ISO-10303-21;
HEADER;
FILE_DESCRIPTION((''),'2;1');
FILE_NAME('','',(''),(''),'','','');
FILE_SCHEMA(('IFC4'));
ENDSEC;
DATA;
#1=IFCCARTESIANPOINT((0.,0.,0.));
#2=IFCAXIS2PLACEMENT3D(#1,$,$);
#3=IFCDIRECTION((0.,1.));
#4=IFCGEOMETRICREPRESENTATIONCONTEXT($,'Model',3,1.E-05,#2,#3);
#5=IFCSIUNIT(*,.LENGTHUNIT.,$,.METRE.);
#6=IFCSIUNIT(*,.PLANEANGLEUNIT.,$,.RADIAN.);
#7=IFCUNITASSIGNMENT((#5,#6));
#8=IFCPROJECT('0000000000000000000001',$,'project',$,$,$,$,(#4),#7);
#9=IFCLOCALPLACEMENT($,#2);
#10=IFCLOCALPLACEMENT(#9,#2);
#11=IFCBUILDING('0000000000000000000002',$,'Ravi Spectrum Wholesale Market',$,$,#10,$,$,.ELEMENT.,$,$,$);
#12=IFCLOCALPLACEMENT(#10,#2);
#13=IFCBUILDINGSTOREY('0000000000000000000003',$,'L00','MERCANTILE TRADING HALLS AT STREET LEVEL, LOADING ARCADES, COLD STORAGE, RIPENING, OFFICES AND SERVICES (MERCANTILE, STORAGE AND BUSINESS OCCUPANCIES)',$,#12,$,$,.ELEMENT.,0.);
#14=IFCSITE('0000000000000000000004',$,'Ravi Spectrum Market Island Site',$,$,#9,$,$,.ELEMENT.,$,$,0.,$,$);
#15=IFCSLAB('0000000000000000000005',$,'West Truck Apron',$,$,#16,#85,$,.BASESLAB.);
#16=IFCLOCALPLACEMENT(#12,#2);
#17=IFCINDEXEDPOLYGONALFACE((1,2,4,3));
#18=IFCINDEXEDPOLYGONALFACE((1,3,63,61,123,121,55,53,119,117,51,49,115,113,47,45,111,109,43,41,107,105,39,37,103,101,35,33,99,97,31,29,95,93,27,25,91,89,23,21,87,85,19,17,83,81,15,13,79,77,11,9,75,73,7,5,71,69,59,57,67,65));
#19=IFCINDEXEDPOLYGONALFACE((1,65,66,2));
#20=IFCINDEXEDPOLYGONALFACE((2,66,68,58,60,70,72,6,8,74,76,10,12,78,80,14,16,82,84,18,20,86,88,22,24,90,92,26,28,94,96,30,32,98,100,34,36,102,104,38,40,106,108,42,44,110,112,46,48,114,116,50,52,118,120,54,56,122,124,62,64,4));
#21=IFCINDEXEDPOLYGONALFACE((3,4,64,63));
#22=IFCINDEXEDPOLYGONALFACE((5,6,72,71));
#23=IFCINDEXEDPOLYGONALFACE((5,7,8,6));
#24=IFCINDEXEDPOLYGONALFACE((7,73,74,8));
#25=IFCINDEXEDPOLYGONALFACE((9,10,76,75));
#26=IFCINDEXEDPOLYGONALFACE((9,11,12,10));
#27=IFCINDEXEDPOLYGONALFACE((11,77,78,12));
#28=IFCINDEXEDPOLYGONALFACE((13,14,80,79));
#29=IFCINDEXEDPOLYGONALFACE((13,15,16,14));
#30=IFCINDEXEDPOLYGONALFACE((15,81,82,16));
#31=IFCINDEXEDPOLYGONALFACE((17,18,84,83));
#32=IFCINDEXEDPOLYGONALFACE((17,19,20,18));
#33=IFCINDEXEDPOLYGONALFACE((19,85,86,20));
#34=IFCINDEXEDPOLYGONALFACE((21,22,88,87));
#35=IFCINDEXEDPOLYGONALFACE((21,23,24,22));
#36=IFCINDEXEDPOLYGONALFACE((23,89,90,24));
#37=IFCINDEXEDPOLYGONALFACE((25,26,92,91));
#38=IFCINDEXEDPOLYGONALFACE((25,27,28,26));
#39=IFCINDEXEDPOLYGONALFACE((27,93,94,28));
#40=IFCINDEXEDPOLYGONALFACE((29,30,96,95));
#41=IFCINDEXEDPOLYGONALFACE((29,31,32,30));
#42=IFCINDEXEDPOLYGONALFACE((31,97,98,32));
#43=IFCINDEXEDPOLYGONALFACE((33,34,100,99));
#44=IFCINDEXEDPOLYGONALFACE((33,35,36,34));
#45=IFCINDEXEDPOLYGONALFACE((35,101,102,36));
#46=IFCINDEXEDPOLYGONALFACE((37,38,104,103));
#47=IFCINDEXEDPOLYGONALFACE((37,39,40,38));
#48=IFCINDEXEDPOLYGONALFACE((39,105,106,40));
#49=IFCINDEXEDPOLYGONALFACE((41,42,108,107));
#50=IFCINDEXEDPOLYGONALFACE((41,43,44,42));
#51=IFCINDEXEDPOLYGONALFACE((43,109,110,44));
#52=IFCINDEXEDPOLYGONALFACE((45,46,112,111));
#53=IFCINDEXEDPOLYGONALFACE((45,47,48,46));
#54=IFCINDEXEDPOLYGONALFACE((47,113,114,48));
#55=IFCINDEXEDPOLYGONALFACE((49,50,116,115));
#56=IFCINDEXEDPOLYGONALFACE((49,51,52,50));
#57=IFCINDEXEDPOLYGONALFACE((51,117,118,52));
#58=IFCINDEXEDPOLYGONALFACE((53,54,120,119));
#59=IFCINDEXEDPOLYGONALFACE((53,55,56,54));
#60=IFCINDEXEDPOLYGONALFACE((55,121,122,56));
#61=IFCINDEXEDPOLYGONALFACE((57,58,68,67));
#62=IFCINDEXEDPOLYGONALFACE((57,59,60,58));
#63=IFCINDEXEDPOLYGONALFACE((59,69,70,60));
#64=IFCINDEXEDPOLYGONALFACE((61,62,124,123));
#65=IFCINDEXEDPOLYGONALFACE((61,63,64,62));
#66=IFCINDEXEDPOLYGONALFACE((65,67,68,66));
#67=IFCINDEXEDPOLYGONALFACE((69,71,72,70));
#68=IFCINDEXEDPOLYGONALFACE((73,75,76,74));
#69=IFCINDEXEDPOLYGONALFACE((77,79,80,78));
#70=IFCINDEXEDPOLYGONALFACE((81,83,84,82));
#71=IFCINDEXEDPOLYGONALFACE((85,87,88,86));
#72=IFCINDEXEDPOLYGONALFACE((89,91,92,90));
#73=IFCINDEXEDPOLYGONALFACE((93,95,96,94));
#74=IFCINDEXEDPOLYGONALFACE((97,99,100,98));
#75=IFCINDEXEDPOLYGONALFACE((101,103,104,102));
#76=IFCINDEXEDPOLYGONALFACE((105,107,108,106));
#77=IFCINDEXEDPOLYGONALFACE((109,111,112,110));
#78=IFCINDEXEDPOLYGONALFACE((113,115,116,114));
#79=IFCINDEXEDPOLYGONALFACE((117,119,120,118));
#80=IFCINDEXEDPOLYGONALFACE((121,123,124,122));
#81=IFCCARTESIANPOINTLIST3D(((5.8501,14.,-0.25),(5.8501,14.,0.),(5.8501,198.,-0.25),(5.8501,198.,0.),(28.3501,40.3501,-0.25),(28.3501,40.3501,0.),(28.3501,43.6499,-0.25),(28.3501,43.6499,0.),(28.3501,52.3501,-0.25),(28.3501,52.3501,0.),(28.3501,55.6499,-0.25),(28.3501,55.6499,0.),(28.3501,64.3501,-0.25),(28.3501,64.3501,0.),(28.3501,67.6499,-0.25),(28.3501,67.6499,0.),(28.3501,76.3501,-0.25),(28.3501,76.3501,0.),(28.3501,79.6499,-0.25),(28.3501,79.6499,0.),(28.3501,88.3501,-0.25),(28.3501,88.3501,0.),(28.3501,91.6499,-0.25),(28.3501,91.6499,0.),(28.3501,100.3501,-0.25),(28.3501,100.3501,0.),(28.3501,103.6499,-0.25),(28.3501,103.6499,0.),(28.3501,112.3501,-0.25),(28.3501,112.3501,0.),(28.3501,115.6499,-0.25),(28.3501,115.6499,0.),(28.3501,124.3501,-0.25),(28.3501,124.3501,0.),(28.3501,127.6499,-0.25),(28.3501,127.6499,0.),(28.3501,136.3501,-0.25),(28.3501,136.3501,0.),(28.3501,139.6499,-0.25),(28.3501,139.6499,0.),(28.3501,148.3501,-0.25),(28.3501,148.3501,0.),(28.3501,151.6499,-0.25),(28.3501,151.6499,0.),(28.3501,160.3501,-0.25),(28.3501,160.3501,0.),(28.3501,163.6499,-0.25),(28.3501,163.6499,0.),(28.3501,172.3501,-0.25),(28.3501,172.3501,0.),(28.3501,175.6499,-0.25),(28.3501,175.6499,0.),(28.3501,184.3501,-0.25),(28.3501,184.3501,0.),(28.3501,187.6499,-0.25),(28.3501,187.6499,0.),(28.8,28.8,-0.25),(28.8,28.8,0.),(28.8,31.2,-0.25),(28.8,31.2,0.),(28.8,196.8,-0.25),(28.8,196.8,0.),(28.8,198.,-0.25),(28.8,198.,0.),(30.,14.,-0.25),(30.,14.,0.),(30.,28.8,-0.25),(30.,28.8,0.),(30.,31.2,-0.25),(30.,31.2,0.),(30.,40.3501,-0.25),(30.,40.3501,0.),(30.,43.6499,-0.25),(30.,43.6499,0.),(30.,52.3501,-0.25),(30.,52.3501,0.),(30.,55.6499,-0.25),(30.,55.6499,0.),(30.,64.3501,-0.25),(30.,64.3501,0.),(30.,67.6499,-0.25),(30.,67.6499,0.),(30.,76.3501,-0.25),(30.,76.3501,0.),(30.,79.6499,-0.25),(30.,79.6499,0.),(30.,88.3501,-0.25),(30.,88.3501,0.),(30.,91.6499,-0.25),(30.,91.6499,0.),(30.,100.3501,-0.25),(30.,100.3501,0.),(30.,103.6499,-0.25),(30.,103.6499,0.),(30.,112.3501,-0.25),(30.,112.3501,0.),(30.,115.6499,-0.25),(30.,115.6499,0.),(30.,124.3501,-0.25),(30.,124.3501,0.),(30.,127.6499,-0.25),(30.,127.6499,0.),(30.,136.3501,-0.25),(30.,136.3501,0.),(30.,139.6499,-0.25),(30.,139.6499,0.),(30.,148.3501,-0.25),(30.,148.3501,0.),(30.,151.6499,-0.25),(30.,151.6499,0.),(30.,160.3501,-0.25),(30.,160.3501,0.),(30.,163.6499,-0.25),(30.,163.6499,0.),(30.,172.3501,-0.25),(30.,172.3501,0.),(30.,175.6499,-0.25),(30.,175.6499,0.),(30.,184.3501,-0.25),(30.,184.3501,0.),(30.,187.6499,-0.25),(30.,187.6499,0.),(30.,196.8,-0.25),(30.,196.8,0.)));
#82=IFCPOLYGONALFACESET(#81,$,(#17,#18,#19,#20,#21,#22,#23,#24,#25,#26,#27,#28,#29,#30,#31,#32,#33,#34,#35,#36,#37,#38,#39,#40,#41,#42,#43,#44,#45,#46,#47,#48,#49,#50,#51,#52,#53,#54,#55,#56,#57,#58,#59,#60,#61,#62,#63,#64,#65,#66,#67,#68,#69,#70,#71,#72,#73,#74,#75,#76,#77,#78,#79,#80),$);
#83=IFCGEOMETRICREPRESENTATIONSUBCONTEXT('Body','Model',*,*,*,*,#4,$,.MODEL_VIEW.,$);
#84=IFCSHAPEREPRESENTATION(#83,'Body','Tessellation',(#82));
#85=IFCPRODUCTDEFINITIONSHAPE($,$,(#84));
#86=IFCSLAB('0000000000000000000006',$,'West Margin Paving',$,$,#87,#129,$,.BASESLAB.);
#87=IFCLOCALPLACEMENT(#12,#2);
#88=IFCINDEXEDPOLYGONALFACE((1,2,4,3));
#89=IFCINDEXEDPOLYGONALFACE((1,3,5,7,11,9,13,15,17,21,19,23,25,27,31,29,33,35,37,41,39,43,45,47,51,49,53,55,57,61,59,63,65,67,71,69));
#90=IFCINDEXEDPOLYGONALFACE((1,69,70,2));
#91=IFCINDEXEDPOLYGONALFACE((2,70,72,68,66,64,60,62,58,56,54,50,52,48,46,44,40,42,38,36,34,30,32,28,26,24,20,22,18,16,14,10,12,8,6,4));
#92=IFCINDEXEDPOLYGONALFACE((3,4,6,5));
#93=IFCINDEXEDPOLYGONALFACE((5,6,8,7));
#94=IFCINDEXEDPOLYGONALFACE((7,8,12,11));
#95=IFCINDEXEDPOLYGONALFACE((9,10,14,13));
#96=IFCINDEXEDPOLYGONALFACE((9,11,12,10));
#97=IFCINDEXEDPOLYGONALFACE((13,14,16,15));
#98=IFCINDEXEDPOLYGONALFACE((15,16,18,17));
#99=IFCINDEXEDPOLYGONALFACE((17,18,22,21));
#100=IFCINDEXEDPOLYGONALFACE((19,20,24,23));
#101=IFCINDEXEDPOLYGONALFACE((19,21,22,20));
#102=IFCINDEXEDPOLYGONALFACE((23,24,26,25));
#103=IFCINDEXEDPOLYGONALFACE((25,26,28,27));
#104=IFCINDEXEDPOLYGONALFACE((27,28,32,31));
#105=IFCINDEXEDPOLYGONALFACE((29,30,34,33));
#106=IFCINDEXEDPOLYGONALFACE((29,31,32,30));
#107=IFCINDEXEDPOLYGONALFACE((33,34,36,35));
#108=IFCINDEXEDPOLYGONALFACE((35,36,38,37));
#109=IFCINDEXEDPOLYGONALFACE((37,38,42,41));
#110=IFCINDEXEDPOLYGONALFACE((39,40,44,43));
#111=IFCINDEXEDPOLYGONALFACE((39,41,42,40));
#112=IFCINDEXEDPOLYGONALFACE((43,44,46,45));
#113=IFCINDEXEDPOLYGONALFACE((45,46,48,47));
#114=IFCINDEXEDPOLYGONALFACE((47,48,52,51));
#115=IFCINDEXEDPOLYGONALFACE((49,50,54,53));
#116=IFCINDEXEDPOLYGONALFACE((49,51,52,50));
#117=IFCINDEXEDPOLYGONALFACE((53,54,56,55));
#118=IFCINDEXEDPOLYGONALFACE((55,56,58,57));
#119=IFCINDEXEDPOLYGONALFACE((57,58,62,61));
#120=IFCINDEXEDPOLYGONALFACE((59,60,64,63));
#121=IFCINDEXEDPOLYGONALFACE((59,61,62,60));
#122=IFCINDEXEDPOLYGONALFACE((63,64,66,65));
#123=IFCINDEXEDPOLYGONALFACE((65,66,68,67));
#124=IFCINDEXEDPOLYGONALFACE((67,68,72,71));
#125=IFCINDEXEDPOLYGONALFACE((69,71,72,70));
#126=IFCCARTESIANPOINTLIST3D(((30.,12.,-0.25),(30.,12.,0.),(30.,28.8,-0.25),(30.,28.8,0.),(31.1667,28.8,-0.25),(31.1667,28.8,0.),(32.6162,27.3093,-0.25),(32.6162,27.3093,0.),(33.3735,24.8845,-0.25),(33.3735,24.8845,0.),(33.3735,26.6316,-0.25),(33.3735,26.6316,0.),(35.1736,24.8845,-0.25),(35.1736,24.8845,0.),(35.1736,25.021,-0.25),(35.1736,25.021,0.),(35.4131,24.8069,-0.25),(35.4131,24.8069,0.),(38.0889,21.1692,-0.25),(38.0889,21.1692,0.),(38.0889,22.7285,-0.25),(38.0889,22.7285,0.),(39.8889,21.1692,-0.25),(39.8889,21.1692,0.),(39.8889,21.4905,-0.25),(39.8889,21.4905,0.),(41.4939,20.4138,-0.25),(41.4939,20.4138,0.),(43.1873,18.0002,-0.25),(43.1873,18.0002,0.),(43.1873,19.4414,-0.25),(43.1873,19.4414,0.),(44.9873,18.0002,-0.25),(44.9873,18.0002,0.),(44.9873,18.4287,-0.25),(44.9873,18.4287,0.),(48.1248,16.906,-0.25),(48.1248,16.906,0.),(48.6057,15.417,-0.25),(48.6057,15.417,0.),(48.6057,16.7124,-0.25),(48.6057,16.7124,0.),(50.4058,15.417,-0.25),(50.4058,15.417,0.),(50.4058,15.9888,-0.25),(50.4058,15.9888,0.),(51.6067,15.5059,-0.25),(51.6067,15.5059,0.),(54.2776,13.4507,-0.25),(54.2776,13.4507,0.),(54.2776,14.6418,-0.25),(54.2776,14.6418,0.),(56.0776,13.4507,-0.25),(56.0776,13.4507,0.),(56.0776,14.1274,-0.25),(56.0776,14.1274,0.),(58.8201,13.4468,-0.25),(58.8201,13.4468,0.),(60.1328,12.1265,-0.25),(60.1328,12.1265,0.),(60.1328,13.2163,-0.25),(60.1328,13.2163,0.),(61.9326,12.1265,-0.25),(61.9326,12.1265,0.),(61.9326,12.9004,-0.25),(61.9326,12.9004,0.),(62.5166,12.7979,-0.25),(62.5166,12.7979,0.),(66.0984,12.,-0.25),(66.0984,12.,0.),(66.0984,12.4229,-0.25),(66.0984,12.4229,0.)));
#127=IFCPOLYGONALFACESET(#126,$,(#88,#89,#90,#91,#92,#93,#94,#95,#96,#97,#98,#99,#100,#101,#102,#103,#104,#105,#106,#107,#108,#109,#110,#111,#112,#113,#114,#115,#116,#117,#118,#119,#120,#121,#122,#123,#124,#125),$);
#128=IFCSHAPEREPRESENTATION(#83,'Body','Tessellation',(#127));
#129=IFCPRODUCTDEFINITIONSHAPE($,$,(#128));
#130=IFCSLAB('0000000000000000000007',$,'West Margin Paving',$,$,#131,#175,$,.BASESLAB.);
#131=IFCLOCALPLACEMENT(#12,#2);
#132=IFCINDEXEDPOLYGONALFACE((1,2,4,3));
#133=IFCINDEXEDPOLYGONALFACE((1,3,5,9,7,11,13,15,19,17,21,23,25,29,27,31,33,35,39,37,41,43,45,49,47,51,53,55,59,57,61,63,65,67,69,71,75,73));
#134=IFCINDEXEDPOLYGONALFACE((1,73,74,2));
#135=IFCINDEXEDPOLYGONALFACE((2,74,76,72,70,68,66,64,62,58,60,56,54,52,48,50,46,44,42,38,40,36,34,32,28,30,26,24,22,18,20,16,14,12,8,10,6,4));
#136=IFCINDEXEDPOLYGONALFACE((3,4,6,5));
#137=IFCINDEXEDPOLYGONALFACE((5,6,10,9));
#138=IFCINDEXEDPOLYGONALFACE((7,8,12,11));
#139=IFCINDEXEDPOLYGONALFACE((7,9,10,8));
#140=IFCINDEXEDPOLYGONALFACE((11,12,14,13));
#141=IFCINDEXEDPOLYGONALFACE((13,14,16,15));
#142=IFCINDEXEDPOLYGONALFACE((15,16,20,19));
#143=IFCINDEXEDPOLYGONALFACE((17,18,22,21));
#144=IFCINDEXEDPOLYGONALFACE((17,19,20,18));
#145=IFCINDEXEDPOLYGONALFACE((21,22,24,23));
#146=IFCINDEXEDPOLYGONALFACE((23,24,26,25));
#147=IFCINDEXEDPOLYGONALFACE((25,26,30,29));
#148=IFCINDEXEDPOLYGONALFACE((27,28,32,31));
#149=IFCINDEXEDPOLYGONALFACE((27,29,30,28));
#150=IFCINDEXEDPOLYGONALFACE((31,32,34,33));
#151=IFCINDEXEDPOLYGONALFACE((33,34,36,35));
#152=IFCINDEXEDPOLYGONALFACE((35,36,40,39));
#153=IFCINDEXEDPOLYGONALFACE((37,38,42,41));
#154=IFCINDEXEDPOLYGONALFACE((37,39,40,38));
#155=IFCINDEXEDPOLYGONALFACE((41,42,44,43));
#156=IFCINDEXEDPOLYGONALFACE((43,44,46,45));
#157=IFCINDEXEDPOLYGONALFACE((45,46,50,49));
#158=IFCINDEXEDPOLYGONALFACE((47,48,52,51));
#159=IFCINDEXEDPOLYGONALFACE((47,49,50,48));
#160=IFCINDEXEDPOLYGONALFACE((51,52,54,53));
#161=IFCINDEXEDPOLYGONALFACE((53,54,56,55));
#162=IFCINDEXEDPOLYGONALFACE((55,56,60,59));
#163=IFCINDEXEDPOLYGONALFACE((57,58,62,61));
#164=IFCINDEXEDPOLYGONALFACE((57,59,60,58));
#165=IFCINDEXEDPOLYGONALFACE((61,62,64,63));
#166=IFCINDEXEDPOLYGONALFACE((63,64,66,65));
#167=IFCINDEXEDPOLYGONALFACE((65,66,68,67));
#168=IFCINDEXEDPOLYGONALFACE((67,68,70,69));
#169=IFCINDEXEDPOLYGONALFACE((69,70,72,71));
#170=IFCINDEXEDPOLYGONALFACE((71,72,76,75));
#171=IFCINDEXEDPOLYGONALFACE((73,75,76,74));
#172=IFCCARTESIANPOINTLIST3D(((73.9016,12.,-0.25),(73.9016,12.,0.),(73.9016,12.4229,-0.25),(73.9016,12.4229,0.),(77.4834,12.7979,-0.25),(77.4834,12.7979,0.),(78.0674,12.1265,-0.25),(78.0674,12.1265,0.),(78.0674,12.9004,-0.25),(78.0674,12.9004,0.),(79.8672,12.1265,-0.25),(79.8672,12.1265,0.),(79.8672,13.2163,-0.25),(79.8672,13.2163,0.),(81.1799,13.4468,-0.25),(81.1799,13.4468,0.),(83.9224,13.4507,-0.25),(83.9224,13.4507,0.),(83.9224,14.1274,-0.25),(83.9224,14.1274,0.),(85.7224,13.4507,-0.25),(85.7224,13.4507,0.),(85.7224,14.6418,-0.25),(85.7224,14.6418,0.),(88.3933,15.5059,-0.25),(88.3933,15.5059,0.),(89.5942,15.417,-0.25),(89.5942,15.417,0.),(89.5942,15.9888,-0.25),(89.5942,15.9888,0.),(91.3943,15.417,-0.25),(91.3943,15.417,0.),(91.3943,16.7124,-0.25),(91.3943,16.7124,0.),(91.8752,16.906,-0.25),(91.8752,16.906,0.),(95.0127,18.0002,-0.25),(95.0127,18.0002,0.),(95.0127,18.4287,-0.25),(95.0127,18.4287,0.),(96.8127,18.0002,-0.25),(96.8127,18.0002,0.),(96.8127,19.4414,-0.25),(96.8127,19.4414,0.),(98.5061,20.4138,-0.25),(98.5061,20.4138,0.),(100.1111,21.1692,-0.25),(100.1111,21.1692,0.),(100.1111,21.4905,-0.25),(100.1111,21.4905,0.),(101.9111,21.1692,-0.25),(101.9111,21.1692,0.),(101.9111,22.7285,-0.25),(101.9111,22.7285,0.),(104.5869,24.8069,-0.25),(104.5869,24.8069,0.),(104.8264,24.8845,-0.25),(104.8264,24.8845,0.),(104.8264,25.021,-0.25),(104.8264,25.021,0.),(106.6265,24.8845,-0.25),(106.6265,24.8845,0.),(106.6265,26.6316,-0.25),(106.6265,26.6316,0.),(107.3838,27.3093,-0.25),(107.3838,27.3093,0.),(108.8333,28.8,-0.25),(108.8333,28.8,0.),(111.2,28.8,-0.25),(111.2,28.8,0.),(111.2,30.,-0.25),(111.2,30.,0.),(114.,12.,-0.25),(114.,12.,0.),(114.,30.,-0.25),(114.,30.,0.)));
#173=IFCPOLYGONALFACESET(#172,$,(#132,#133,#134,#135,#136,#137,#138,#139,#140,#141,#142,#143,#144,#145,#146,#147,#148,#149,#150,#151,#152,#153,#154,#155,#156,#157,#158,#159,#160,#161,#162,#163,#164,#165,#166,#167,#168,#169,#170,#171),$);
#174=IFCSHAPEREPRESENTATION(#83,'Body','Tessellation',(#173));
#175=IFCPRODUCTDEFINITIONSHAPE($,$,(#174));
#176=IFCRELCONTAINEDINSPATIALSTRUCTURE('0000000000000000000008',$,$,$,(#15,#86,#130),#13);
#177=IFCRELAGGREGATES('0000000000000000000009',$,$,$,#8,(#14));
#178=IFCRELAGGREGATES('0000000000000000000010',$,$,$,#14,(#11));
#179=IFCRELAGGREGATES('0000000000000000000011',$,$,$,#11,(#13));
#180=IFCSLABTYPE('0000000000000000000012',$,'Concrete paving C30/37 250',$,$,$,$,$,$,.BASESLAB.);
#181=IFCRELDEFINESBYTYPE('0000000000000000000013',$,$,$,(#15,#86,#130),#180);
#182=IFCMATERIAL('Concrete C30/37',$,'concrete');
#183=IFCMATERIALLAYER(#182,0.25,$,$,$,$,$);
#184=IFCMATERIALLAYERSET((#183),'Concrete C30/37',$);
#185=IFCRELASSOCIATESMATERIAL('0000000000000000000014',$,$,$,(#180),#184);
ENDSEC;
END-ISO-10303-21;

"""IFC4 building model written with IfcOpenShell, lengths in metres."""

from ifc_helpers import new_model, si_unit, direction, frame, origin, place, context, subcontext, project, spatial, polyline, outline, extrude, material, layer, layer_set, type_object, element, save


model = new_model("IFC4")

# Units and contexts
model_context = context("Model", 3, precision=1e-05, world=origin(), true_north=direction((0.0, 1.0)))
body_context = subcontext(model_context, "Body", "Model", "MODEL_VIEW")
ifc_project = project(units=[si_unit("LENGTHUNIT", "METRE"), si_unit("PLANEANGLEUNIT", "RADIAN")], contexts=[model_context])

# Site, building, storey
site_placement = place(None, origin())
site = spatial("IfcSite", under=ifc_project, at=site_placement, Name="Ravi Spectrum Market Island Site", CompositionType="ELEMENT", RefElevation=0.0)
building_placement = place(site_placement, origin())
building = spatial("IfcBuilding", under=site, at=building_placement, Name="Ravi Spectrum Wholesale Market", CompositionType="ELEMENT")
storey_placement = place(building_placement, origin())
storey = spatial("IfcBuildingStorey", under=building, at=storey_placement, Name="L00", Description="MERCANTILE TRADING HALLS AT STREET LEVEL, LOADING ARCADES, COLD STORAGE, RIPENING, OFFICES AND SERVICES (MERCANTILE, STORAGE AND BUSINESS OCCUPANCIES)", CompositionType="ELEMENT", Elevation=0.0)

# Slabs
ifc_material_1 = material(Name="Concrete C30/37", Category="concrete")
ifc_layer_1 = layer(ifc_material_1, 0.25)
ifc_layer_set_1 = layer_set([ifc_layer_1], Name="Concrete C30/37")
slab_type_1 = type_object("IfcSlabType", Name="Concrete paving C30/37 250", PredefinedType="BASESLAB", material=ifc_layer_set_1)
slab_1_placement = place(storey_placement, frame((0.0, 0.0, -0.25)))
element("IfcSlab", 1, at=slab_1_placement, inside=storey, type_object=slab_type_1, Name="West Truck Apron", PredefinedType="BASESLAB", context=body_context, shape_type="SweptSolid", body=[
    extrude(outline(polyline([(28.3501, 175.6499), (30.0, 175.6499), (30.0, 184.3501), (28.3501, 184.3501), (28.3501, 187.6499), (30.0, 187.6499), (30.0, 196.8), (28.8, 196.8), (28.8, 198.0), (5.8501, 198.0), (5.8501, 14.0), (30.0, 14.0), (30.0, 28.8), (28.8, 28.8), (28.8, 31.2), (30.0, 31.2), (30.0, 40.3501), (28.3501, 40.3501), (28.3501, 43.6499), (30.0, 43.6499), (30.0, 52.3501), (28.3501, 52.3501), (28.3501, 55.6499), (30.0, 55.6499), (30.0, 64.3501), (28.3501, 64.3501), (28.3501, 67.6499), (30.0, 67.6499), (30.0, 76.3501), (28.3501, 76.3501), (28.3501, 79.6499), (30.0, 79.6499), (30.0, 88.3501), (28.3501, 88.3501), (28.3501, 91.6499), (30.0, 91.6499), (30.0, 100.3501), (28.3501, 100.3501), (28.3501, 103.6499), (30.0, 103.6499), (30.0, 112.3501), (28.3501, 112.3501), (28.3501, 115.6499), (30.0, 115.6499), (30.0, 124.3501), (28.3501, 124.3501), (28.3501, 127.6499), (30.0, 127.6499), (30.0, 136.3501), (28.3501, 136.3501), (28.3501, 139.6499), (30.0, 139.6499), (30.0, 148.3501), (28.3501, 148.3501), (28.3501, 151.6499), (30.0, 151.6499), (30.0, 160.3501), (28.3501, 160.3501), (28.3501, 163.6499), (30.0, 163.6499), (30.0, 172.3501), (28.3501, 172.3501), (28.3501, 175.6499)])), origin(), (0.0, 0.0, 1.0), 0.25),
])
slab_2_placement = place(storey_placement, frame((0.0, 0.0, -0.25)))
element("IfcSlab", 2, at=slab_2_placement, inside=storey, type_object=slab_type_1, Name="West Margin Paving", PredefinedType="BASESLAB", context=body_context, shape_type="SweptSolid", body=[
    extrude(outline(polyline([(32.6162, 27.3093), (31.1667, 28.8), (30.0, 28.8), (30.0, 12.0), (66.0984, 12.0), (66.0984, 12.4229), (62.5166, 12.7979), (61.9326, 12.9004), (61.9326, 12.1265), (60.1328, 12.1265), (60.1328, 13.2163), (58.8201, 13.4468), (56.0776, 14.1274), (56.0776, 13.4507), (54.2776, 13.4507), (54.2776, 14.6418), (51.6067, 15.5059), (50.4058, 15.9888), (50.4058, 15.417), (48.6057, 15.417), (48.6057, 16.7124), (48.1248, 16.906), (44.9873, 18.4287), (44.9873, 18.0002), (43.1873, 18.0002), (43.1873, 19.4414), (41.4939, 20.4138), (39.8889, 21.4905), (39.8889, 21.1692), (38.0889, 21.1692), (38.0889, 22.7285), (35.4131, 24.8069), (35.1736, 25.021), (35.1736, 24.8845), (33.3735, 24.8845), (33.3735, 26.6316), (32.6162, 27.3093)])), origin(), (0.0, 0.0, 1.0), 0.25),
])
slab_3_placement = place(storey_placement, frame((0.0, 0.0, -0.25)))
element("IfcSlab", 3, at=slab_3_placement, inside=storey, type_object=slab_type_1, Name="West Margin Paving", PredefinedType="BASESLAB", context=body_context, shape_type="SweptSolid", body=[
    extrude(outline(polyline([(88.3933, 15.5059), (85.7224, 14.6418), (85.7224, 13.4507), (83.9224, 13.4507), (83.9224, 14.1274), (81.1799, 13.4468), (79.8672, 13.2163), (79.8672, 12.1265), (78.0674, 12.1265), (78.0674, 12.9004), (77.4834, 12.7979), (73.9016, 12.4229), (73.9016, 12.0), (114.0, 12.0), (114.0, 30.0), (111.2, 30.0), (111.2, 28.8), (108.8333, 28.8), (107.3838, 27.3093), (106.6265, 26.6316), (106.6265, 24.8845), (104.8264, 24.8845), (104.8264, 25.021), (104.5869, 24.8069), (101.9111, 22.7285), (101.9111, 21.1692), (100.1111, 21.1692), (100.1111, 21.4905), (98.5061, 20.4138), (96.8127, 19.4414), (96.8127, 18.0002), (95.0127, 18.0002), (95.0127, 18.4287), (91.8752, 16.906), (91.3943, 16.7124), (91.3943, 15.417), (89.5942, 15.417), (89.5942, 15.9888), (88.3933, 15.5059)])), origin(), (0.0, 0.0, 1.0), 0.25),
])

save(model, "model.ifc")
